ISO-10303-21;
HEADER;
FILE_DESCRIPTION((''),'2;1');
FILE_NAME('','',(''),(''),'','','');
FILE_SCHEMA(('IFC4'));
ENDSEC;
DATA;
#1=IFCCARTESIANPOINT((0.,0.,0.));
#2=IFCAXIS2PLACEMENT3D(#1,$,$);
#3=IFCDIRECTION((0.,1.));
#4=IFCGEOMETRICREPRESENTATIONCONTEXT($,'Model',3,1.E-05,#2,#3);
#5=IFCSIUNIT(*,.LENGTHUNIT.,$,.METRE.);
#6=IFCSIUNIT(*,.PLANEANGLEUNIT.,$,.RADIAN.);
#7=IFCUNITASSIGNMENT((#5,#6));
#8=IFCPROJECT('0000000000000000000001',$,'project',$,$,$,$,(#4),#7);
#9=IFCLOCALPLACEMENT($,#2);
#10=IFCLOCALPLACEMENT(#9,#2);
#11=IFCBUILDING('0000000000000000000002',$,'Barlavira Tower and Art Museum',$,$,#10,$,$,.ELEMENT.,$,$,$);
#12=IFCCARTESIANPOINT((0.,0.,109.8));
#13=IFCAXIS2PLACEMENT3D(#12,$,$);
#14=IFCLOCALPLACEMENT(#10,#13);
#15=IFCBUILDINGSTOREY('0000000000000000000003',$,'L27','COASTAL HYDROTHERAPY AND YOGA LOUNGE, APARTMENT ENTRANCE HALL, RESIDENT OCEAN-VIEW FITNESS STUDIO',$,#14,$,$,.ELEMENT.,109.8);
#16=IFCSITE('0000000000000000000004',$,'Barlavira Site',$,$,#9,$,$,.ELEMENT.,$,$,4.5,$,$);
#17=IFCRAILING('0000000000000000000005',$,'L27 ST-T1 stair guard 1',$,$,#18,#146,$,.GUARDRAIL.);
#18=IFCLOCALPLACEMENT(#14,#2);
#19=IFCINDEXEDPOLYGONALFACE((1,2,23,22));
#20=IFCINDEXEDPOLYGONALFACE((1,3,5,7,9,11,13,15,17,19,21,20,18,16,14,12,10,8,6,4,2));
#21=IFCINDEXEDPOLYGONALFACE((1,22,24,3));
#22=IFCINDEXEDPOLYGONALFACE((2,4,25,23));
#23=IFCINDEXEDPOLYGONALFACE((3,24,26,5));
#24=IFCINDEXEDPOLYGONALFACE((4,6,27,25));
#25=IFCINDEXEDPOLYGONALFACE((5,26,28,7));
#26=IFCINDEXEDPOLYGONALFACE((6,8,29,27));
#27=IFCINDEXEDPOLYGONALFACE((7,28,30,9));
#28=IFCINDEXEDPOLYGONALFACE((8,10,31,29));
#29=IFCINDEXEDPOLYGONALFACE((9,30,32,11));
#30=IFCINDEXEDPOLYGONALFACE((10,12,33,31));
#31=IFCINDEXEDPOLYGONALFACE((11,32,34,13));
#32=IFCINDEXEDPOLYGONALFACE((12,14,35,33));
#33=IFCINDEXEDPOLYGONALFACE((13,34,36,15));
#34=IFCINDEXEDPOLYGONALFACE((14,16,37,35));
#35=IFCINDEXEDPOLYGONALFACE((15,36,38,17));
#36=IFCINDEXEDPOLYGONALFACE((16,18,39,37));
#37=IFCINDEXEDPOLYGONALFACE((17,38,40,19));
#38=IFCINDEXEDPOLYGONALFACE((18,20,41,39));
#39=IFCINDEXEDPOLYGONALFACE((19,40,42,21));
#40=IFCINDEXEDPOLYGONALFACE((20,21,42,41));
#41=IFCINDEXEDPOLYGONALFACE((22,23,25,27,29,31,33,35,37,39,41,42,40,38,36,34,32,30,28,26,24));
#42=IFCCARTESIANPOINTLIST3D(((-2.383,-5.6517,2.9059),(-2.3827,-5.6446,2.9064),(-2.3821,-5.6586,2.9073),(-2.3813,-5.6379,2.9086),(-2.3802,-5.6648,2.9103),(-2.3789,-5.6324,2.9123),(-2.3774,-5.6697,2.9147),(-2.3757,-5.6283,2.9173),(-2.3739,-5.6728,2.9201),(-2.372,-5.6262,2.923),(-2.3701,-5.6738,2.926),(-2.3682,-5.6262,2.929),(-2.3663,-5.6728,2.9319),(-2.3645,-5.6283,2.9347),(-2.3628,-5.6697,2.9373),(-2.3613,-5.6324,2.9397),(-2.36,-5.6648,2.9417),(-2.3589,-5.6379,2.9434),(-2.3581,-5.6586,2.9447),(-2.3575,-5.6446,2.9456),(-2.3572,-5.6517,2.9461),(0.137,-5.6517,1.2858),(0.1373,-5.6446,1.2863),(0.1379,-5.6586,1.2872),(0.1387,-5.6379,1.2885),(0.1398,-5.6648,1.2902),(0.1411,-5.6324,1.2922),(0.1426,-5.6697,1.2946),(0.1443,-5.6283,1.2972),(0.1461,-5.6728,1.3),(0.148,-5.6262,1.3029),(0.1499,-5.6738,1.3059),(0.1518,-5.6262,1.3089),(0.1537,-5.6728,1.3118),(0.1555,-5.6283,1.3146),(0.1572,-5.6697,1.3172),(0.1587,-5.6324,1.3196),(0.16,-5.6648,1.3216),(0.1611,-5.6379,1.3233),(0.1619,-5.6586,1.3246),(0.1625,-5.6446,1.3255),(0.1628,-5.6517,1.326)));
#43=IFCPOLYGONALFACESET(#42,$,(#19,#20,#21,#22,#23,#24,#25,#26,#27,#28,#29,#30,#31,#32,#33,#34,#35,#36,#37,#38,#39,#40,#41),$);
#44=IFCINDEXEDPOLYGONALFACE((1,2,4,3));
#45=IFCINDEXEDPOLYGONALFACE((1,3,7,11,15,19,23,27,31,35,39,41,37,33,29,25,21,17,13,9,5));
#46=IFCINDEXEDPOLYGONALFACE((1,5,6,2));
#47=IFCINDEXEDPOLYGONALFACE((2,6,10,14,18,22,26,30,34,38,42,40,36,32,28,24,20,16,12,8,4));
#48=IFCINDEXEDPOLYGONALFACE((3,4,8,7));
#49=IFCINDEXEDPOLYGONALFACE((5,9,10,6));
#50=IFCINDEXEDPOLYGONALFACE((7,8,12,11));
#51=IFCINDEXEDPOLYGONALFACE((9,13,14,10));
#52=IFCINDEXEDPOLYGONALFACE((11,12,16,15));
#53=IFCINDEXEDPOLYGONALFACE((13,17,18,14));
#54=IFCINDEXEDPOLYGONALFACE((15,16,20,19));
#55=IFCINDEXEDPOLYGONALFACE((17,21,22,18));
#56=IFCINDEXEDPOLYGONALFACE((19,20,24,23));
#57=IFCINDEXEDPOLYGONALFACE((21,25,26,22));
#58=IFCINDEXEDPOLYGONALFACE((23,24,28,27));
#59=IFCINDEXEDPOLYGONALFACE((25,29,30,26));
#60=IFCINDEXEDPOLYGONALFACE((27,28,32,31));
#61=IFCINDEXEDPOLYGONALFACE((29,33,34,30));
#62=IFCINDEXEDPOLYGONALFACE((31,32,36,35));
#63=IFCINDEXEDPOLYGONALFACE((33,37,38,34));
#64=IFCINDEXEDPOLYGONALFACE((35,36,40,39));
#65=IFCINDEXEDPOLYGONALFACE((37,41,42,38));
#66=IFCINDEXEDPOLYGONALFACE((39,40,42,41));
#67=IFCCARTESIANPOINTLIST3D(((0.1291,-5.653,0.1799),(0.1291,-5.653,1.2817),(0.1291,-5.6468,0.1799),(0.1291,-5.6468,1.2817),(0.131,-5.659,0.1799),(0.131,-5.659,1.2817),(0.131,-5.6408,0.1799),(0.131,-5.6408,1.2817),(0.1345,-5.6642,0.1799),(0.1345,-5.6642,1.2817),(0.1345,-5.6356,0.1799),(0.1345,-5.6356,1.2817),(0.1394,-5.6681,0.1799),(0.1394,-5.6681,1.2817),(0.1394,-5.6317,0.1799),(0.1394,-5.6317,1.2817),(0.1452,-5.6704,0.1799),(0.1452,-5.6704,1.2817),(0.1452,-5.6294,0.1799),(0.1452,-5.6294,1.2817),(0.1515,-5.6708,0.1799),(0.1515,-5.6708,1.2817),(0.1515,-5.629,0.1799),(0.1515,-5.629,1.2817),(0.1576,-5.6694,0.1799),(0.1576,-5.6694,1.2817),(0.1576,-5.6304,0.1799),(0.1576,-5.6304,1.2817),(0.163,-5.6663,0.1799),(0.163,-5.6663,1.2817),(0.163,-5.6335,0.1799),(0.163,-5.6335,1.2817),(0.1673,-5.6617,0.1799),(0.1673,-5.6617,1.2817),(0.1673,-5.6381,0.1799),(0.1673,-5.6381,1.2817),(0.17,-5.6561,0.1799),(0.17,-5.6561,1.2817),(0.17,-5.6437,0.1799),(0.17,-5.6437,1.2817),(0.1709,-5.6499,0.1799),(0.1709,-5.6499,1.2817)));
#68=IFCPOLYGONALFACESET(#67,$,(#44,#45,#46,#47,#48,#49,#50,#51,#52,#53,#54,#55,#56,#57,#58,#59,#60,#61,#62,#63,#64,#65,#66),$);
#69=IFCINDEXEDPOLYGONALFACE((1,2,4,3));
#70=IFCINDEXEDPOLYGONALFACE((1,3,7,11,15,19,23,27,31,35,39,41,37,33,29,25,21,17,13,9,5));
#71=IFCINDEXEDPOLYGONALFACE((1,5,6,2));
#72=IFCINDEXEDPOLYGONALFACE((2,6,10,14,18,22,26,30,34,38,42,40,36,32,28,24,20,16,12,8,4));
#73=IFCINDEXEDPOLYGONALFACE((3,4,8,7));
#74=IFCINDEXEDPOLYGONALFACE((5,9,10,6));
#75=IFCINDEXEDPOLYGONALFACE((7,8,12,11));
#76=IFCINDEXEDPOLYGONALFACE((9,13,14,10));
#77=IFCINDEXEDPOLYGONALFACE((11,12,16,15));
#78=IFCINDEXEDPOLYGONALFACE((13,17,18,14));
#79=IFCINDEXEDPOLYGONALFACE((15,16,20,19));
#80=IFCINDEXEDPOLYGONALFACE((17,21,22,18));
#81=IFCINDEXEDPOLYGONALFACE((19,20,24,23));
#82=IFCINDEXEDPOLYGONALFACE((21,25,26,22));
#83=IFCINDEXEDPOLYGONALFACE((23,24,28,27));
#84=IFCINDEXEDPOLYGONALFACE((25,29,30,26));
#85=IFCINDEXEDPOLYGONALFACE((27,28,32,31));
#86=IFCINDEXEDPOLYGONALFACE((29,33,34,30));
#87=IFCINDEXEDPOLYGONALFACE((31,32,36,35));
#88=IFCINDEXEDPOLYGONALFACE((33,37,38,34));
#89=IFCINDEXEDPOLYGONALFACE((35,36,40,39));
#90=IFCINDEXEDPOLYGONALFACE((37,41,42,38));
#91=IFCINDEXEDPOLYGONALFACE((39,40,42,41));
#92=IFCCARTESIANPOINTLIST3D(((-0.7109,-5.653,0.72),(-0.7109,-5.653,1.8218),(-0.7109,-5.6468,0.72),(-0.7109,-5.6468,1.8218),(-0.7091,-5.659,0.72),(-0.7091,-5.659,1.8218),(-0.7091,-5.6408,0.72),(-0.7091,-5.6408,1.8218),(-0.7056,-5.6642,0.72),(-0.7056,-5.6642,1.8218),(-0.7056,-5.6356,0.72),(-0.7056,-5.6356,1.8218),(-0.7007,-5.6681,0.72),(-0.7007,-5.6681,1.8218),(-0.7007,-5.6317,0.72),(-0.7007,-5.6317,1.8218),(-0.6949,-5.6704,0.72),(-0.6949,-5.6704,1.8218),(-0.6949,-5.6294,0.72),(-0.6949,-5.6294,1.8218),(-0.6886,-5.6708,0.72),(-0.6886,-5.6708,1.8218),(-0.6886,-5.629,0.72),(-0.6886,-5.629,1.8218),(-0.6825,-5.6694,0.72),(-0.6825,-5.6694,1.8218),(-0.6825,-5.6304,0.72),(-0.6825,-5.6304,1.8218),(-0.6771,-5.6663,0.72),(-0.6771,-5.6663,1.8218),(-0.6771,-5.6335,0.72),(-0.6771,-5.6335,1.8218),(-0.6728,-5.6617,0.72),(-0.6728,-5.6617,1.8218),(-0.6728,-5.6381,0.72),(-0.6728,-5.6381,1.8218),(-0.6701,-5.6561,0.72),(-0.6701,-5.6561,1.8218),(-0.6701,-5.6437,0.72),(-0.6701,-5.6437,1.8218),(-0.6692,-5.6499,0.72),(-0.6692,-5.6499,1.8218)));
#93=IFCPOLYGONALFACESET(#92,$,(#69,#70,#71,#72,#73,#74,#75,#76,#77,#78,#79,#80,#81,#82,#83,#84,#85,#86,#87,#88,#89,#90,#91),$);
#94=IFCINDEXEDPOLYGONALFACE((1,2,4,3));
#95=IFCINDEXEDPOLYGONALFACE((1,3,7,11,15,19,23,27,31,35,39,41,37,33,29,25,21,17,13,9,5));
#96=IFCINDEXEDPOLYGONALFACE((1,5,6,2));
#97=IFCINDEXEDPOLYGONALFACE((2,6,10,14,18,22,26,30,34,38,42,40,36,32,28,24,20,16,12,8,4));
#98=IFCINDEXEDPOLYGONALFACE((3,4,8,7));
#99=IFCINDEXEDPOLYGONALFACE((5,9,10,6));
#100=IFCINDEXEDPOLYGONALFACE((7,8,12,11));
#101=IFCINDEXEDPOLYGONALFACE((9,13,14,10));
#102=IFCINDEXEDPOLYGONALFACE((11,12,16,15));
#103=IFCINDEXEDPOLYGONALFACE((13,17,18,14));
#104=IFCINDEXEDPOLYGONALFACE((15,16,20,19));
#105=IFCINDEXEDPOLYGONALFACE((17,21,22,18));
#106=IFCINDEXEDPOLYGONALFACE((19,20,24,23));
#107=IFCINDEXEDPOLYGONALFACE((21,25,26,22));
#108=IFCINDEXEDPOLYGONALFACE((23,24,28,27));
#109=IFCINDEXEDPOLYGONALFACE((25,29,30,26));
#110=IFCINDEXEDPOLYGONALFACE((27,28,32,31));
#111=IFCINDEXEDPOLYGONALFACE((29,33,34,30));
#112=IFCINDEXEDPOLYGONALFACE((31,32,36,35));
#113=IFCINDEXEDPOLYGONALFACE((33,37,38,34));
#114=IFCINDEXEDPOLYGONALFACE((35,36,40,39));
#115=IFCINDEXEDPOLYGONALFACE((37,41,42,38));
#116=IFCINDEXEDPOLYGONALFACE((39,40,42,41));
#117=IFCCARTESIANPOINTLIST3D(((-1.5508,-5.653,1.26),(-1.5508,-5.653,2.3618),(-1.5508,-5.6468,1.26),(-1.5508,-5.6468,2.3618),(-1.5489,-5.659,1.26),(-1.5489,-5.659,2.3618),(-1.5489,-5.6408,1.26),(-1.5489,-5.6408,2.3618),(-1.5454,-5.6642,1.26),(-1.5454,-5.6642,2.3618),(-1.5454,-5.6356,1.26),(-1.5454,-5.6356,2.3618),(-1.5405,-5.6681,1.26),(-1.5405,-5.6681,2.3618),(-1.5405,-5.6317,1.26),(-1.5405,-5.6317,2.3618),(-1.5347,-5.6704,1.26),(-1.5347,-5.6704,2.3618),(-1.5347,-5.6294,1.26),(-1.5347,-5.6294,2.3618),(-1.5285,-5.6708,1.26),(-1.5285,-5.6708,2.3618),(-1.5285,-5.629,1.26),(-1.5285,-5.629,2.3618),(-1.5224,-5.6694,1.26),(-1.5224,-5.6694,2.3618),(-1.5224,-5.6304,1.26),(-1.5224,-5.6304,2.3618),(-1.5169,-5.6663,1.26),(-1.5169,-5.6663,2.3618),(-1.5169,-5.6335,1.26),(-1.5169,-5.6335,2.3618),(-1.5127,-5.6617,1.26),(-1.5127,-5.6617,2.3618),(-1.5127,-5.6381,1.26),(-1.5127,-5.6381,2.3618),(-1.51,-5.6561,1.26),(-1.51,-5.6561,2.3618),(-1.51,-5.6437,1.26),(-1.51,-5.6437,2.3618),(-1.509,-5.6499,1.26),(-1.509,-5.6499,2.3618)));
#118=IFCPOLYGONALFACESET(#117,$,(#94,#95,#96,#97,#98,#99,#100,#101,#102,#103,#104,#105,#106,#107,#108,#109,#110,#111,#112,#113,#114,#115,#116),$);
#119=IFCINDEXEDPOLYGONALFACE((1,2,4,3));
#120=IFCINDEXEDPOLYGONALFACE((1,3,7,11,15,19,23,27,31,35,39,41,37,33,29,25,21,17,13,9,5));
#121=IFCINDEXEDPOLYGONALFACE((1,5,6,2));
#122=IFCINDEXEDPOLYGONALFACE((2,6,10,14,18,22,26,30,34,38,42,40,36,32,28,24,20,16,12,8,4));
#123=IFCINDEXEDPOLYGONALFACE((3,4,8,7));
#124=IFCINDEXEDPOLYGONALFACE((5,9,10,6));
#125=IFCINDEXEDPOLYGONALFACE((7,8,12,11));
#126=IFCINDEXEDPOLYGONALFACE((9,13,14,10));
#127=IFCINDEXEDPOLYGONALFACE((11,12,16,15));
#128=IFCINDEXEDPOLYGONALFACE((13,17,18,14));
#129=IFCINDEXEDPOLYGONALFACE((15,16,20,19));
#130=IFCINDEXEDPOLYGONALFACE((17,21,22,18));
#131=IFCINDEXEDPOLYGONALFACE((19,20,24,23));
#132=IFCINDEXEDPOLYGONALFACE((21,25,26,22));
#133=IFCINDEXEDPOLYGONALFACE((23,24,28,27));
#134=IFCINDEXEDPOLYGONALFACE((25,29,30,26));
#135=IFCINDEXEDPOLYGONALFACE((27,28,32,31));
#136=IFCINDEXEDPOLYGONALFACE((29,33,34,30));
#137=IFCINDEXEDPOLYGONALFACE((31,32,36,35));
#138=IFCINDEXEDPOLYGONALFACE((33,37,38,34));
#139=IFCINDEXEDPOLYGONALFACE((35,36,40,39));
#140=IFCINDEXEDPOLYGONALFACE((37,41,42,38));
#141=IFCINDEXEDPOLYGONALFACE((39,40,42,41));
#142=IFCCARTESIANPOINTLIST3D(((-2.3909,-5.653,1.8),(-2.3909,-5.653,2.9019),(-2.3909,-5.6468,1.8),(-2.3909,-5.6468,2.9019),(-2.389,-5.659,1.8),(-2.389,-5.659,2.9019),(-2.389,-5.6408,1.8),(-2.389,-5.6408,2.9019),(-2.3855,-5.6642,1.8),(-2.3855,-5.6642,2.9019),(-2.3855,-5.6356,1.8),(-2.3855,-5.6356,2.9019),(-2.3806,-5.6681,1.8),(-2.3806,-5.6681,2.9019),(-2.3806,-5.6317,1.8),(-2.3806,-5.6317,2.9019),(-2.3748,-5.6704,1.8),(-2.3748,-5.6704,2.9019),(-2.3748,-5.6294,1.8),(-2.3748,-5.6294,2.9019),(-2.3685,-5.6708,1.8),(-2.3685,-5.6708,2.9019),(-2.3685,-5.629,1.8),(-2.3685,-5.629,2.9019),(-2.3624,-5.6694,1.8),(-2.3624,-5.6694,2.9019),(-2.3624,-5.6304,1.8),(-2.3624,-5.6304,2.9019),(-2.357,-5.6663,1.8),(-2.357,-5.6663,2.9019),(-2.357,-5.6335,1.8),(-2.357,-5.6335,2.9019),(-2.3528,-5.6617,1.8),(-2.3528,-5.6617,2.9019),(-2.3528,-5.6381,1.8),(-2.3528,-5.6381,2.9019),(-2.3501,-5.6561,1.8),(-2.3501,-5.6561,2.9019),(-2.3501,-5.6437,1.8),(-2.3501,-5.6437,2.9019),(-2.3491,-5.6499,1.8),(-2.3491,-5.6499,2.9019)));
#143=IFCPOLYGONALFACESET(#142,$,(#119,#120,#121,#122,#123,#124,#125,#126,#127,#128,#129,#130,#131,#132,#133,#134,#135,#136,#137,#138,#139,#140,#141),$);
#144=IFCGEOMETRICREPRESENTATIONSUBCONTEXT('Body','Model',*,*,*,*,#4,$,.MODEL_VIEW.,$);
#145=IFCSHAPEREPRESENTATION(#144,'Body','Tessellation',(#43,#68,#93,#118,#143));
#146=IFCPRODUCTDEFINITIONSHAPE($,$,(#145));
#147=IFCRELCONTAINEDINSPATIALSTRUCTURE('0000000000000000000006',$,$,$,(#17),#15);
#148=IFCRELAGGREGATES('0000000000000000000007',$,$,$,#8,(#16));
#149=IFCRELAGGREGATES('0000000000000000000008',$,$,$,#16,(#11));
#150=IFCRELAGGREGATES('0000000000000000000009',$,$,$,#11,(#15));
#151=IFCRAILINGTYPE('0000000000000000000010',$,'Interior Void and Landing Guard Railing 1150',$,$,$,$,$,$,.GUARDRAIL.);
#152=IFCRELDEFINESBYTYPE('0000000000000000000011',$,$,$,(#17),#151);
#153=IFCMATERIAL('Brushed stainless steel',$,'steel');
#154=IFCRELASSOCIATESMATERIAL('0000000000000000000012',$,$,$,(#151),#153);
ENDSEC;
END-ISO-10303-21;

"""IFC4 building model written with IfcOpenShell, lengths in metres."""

from ifc_helpers import new_model, si_unit, direction, frame, origin, origin_2d, place, context, subcontext, project, spatial, circle, extrude, material, type_object, element, save


model = new_model("IFC4")

# Units and contexts
model_context = context("Model", 3, precision=1e-05, world=origin(), true_north=direction((0.0, 1.0)))
body_context = subcontext(model_context, "Body", "Model", "MODEL_VIEW")
ifc_project = project(units=[si_unit("LENGTHUNIT", "METRE"), si_unit("PLANEANGLEUNIT", "RADIAN")], contexts=[model_context])

# Site, building, storey
site_placement = place(None, origin())
site = spatial("IfcSite", under=ifc_project, at=site_placement, Name="Barlavira Site", CompositionType="ELEMENT", RefElevation=4.5)
building_placement = place(site_placement, origin())
building = spatial("IfcBuilding", under=site, at=building_placement, Name="Barlavira Tower and Art Museum", CompositionType="ELEMENT")
storey_placement = place(building_placement, frame((0.0, 0.0, 109.8)))
storey = spatial("IfcBuildingStorey", under=building, at=storey_placement, Name="L27", Description="COASTAL HYDROTHERAPY AND YOGA LOUNGE, APARTMENT ENTRANCE HALL, RESIDENT OCEAN-VIEW FITNESS STUDIO", CompositionType="ELEMENT", Elevation=109.8)

# Shared definitions
ifc_material_1 = material(Name="Brushed stainless steel", Category="steel")

# Railing
railing_type_1 = type_object("IfcRailingType", Name="Interior Void and Landing Guard Railing 1150", PredefinedType="GUARDRAIL", material=ifc_material_1)
railing_1_placement = place(storey_placement, frame((0.1499, -5.6499, 0.1799)))
element("IfcRailing", 1, at=railing_1_placement, inside=storey, type_object=railing_type_1, Name="L27 ST-T1 stair guard 1", PredefinedType="GUARDRAIL", context=body_context, shape_type="SweptSolid", body=[
    extrude(circle(Radius=0.0239, at=origin_2d()), frame((0.0, 0.0, 1.126), z_axis=(-0.841163, 0.0, 0.540782), x_axis=(0.0, -1.0, 0.0)), (0.0, 0.0, 1.0), 2.9958),
    extrude(circle(Radius=0.021, at=origin_2d()), origin(), (0.0, 0.0, 1.0), 1.1018),
    extrude(circle(Radius=0.021, at=origin_2d()), frame((-0.8401, 0.0, 0.54)), (0.0, 0.0, 1.0), 1.1018),
    extrude(circle(Radius=0.021, at=origin_2d()), frame((-1.6799, 0.0, 1.0801)), (0.0, 0.0, 1.0), 1.1018),
    extrude(circle(Radius=0.021, at=origin_2d()), frame((-2.52, 0.0, 1.6201)), (0.0, 0.0, 1.0), 1.1018),
])

save(model, "model.ifc")
